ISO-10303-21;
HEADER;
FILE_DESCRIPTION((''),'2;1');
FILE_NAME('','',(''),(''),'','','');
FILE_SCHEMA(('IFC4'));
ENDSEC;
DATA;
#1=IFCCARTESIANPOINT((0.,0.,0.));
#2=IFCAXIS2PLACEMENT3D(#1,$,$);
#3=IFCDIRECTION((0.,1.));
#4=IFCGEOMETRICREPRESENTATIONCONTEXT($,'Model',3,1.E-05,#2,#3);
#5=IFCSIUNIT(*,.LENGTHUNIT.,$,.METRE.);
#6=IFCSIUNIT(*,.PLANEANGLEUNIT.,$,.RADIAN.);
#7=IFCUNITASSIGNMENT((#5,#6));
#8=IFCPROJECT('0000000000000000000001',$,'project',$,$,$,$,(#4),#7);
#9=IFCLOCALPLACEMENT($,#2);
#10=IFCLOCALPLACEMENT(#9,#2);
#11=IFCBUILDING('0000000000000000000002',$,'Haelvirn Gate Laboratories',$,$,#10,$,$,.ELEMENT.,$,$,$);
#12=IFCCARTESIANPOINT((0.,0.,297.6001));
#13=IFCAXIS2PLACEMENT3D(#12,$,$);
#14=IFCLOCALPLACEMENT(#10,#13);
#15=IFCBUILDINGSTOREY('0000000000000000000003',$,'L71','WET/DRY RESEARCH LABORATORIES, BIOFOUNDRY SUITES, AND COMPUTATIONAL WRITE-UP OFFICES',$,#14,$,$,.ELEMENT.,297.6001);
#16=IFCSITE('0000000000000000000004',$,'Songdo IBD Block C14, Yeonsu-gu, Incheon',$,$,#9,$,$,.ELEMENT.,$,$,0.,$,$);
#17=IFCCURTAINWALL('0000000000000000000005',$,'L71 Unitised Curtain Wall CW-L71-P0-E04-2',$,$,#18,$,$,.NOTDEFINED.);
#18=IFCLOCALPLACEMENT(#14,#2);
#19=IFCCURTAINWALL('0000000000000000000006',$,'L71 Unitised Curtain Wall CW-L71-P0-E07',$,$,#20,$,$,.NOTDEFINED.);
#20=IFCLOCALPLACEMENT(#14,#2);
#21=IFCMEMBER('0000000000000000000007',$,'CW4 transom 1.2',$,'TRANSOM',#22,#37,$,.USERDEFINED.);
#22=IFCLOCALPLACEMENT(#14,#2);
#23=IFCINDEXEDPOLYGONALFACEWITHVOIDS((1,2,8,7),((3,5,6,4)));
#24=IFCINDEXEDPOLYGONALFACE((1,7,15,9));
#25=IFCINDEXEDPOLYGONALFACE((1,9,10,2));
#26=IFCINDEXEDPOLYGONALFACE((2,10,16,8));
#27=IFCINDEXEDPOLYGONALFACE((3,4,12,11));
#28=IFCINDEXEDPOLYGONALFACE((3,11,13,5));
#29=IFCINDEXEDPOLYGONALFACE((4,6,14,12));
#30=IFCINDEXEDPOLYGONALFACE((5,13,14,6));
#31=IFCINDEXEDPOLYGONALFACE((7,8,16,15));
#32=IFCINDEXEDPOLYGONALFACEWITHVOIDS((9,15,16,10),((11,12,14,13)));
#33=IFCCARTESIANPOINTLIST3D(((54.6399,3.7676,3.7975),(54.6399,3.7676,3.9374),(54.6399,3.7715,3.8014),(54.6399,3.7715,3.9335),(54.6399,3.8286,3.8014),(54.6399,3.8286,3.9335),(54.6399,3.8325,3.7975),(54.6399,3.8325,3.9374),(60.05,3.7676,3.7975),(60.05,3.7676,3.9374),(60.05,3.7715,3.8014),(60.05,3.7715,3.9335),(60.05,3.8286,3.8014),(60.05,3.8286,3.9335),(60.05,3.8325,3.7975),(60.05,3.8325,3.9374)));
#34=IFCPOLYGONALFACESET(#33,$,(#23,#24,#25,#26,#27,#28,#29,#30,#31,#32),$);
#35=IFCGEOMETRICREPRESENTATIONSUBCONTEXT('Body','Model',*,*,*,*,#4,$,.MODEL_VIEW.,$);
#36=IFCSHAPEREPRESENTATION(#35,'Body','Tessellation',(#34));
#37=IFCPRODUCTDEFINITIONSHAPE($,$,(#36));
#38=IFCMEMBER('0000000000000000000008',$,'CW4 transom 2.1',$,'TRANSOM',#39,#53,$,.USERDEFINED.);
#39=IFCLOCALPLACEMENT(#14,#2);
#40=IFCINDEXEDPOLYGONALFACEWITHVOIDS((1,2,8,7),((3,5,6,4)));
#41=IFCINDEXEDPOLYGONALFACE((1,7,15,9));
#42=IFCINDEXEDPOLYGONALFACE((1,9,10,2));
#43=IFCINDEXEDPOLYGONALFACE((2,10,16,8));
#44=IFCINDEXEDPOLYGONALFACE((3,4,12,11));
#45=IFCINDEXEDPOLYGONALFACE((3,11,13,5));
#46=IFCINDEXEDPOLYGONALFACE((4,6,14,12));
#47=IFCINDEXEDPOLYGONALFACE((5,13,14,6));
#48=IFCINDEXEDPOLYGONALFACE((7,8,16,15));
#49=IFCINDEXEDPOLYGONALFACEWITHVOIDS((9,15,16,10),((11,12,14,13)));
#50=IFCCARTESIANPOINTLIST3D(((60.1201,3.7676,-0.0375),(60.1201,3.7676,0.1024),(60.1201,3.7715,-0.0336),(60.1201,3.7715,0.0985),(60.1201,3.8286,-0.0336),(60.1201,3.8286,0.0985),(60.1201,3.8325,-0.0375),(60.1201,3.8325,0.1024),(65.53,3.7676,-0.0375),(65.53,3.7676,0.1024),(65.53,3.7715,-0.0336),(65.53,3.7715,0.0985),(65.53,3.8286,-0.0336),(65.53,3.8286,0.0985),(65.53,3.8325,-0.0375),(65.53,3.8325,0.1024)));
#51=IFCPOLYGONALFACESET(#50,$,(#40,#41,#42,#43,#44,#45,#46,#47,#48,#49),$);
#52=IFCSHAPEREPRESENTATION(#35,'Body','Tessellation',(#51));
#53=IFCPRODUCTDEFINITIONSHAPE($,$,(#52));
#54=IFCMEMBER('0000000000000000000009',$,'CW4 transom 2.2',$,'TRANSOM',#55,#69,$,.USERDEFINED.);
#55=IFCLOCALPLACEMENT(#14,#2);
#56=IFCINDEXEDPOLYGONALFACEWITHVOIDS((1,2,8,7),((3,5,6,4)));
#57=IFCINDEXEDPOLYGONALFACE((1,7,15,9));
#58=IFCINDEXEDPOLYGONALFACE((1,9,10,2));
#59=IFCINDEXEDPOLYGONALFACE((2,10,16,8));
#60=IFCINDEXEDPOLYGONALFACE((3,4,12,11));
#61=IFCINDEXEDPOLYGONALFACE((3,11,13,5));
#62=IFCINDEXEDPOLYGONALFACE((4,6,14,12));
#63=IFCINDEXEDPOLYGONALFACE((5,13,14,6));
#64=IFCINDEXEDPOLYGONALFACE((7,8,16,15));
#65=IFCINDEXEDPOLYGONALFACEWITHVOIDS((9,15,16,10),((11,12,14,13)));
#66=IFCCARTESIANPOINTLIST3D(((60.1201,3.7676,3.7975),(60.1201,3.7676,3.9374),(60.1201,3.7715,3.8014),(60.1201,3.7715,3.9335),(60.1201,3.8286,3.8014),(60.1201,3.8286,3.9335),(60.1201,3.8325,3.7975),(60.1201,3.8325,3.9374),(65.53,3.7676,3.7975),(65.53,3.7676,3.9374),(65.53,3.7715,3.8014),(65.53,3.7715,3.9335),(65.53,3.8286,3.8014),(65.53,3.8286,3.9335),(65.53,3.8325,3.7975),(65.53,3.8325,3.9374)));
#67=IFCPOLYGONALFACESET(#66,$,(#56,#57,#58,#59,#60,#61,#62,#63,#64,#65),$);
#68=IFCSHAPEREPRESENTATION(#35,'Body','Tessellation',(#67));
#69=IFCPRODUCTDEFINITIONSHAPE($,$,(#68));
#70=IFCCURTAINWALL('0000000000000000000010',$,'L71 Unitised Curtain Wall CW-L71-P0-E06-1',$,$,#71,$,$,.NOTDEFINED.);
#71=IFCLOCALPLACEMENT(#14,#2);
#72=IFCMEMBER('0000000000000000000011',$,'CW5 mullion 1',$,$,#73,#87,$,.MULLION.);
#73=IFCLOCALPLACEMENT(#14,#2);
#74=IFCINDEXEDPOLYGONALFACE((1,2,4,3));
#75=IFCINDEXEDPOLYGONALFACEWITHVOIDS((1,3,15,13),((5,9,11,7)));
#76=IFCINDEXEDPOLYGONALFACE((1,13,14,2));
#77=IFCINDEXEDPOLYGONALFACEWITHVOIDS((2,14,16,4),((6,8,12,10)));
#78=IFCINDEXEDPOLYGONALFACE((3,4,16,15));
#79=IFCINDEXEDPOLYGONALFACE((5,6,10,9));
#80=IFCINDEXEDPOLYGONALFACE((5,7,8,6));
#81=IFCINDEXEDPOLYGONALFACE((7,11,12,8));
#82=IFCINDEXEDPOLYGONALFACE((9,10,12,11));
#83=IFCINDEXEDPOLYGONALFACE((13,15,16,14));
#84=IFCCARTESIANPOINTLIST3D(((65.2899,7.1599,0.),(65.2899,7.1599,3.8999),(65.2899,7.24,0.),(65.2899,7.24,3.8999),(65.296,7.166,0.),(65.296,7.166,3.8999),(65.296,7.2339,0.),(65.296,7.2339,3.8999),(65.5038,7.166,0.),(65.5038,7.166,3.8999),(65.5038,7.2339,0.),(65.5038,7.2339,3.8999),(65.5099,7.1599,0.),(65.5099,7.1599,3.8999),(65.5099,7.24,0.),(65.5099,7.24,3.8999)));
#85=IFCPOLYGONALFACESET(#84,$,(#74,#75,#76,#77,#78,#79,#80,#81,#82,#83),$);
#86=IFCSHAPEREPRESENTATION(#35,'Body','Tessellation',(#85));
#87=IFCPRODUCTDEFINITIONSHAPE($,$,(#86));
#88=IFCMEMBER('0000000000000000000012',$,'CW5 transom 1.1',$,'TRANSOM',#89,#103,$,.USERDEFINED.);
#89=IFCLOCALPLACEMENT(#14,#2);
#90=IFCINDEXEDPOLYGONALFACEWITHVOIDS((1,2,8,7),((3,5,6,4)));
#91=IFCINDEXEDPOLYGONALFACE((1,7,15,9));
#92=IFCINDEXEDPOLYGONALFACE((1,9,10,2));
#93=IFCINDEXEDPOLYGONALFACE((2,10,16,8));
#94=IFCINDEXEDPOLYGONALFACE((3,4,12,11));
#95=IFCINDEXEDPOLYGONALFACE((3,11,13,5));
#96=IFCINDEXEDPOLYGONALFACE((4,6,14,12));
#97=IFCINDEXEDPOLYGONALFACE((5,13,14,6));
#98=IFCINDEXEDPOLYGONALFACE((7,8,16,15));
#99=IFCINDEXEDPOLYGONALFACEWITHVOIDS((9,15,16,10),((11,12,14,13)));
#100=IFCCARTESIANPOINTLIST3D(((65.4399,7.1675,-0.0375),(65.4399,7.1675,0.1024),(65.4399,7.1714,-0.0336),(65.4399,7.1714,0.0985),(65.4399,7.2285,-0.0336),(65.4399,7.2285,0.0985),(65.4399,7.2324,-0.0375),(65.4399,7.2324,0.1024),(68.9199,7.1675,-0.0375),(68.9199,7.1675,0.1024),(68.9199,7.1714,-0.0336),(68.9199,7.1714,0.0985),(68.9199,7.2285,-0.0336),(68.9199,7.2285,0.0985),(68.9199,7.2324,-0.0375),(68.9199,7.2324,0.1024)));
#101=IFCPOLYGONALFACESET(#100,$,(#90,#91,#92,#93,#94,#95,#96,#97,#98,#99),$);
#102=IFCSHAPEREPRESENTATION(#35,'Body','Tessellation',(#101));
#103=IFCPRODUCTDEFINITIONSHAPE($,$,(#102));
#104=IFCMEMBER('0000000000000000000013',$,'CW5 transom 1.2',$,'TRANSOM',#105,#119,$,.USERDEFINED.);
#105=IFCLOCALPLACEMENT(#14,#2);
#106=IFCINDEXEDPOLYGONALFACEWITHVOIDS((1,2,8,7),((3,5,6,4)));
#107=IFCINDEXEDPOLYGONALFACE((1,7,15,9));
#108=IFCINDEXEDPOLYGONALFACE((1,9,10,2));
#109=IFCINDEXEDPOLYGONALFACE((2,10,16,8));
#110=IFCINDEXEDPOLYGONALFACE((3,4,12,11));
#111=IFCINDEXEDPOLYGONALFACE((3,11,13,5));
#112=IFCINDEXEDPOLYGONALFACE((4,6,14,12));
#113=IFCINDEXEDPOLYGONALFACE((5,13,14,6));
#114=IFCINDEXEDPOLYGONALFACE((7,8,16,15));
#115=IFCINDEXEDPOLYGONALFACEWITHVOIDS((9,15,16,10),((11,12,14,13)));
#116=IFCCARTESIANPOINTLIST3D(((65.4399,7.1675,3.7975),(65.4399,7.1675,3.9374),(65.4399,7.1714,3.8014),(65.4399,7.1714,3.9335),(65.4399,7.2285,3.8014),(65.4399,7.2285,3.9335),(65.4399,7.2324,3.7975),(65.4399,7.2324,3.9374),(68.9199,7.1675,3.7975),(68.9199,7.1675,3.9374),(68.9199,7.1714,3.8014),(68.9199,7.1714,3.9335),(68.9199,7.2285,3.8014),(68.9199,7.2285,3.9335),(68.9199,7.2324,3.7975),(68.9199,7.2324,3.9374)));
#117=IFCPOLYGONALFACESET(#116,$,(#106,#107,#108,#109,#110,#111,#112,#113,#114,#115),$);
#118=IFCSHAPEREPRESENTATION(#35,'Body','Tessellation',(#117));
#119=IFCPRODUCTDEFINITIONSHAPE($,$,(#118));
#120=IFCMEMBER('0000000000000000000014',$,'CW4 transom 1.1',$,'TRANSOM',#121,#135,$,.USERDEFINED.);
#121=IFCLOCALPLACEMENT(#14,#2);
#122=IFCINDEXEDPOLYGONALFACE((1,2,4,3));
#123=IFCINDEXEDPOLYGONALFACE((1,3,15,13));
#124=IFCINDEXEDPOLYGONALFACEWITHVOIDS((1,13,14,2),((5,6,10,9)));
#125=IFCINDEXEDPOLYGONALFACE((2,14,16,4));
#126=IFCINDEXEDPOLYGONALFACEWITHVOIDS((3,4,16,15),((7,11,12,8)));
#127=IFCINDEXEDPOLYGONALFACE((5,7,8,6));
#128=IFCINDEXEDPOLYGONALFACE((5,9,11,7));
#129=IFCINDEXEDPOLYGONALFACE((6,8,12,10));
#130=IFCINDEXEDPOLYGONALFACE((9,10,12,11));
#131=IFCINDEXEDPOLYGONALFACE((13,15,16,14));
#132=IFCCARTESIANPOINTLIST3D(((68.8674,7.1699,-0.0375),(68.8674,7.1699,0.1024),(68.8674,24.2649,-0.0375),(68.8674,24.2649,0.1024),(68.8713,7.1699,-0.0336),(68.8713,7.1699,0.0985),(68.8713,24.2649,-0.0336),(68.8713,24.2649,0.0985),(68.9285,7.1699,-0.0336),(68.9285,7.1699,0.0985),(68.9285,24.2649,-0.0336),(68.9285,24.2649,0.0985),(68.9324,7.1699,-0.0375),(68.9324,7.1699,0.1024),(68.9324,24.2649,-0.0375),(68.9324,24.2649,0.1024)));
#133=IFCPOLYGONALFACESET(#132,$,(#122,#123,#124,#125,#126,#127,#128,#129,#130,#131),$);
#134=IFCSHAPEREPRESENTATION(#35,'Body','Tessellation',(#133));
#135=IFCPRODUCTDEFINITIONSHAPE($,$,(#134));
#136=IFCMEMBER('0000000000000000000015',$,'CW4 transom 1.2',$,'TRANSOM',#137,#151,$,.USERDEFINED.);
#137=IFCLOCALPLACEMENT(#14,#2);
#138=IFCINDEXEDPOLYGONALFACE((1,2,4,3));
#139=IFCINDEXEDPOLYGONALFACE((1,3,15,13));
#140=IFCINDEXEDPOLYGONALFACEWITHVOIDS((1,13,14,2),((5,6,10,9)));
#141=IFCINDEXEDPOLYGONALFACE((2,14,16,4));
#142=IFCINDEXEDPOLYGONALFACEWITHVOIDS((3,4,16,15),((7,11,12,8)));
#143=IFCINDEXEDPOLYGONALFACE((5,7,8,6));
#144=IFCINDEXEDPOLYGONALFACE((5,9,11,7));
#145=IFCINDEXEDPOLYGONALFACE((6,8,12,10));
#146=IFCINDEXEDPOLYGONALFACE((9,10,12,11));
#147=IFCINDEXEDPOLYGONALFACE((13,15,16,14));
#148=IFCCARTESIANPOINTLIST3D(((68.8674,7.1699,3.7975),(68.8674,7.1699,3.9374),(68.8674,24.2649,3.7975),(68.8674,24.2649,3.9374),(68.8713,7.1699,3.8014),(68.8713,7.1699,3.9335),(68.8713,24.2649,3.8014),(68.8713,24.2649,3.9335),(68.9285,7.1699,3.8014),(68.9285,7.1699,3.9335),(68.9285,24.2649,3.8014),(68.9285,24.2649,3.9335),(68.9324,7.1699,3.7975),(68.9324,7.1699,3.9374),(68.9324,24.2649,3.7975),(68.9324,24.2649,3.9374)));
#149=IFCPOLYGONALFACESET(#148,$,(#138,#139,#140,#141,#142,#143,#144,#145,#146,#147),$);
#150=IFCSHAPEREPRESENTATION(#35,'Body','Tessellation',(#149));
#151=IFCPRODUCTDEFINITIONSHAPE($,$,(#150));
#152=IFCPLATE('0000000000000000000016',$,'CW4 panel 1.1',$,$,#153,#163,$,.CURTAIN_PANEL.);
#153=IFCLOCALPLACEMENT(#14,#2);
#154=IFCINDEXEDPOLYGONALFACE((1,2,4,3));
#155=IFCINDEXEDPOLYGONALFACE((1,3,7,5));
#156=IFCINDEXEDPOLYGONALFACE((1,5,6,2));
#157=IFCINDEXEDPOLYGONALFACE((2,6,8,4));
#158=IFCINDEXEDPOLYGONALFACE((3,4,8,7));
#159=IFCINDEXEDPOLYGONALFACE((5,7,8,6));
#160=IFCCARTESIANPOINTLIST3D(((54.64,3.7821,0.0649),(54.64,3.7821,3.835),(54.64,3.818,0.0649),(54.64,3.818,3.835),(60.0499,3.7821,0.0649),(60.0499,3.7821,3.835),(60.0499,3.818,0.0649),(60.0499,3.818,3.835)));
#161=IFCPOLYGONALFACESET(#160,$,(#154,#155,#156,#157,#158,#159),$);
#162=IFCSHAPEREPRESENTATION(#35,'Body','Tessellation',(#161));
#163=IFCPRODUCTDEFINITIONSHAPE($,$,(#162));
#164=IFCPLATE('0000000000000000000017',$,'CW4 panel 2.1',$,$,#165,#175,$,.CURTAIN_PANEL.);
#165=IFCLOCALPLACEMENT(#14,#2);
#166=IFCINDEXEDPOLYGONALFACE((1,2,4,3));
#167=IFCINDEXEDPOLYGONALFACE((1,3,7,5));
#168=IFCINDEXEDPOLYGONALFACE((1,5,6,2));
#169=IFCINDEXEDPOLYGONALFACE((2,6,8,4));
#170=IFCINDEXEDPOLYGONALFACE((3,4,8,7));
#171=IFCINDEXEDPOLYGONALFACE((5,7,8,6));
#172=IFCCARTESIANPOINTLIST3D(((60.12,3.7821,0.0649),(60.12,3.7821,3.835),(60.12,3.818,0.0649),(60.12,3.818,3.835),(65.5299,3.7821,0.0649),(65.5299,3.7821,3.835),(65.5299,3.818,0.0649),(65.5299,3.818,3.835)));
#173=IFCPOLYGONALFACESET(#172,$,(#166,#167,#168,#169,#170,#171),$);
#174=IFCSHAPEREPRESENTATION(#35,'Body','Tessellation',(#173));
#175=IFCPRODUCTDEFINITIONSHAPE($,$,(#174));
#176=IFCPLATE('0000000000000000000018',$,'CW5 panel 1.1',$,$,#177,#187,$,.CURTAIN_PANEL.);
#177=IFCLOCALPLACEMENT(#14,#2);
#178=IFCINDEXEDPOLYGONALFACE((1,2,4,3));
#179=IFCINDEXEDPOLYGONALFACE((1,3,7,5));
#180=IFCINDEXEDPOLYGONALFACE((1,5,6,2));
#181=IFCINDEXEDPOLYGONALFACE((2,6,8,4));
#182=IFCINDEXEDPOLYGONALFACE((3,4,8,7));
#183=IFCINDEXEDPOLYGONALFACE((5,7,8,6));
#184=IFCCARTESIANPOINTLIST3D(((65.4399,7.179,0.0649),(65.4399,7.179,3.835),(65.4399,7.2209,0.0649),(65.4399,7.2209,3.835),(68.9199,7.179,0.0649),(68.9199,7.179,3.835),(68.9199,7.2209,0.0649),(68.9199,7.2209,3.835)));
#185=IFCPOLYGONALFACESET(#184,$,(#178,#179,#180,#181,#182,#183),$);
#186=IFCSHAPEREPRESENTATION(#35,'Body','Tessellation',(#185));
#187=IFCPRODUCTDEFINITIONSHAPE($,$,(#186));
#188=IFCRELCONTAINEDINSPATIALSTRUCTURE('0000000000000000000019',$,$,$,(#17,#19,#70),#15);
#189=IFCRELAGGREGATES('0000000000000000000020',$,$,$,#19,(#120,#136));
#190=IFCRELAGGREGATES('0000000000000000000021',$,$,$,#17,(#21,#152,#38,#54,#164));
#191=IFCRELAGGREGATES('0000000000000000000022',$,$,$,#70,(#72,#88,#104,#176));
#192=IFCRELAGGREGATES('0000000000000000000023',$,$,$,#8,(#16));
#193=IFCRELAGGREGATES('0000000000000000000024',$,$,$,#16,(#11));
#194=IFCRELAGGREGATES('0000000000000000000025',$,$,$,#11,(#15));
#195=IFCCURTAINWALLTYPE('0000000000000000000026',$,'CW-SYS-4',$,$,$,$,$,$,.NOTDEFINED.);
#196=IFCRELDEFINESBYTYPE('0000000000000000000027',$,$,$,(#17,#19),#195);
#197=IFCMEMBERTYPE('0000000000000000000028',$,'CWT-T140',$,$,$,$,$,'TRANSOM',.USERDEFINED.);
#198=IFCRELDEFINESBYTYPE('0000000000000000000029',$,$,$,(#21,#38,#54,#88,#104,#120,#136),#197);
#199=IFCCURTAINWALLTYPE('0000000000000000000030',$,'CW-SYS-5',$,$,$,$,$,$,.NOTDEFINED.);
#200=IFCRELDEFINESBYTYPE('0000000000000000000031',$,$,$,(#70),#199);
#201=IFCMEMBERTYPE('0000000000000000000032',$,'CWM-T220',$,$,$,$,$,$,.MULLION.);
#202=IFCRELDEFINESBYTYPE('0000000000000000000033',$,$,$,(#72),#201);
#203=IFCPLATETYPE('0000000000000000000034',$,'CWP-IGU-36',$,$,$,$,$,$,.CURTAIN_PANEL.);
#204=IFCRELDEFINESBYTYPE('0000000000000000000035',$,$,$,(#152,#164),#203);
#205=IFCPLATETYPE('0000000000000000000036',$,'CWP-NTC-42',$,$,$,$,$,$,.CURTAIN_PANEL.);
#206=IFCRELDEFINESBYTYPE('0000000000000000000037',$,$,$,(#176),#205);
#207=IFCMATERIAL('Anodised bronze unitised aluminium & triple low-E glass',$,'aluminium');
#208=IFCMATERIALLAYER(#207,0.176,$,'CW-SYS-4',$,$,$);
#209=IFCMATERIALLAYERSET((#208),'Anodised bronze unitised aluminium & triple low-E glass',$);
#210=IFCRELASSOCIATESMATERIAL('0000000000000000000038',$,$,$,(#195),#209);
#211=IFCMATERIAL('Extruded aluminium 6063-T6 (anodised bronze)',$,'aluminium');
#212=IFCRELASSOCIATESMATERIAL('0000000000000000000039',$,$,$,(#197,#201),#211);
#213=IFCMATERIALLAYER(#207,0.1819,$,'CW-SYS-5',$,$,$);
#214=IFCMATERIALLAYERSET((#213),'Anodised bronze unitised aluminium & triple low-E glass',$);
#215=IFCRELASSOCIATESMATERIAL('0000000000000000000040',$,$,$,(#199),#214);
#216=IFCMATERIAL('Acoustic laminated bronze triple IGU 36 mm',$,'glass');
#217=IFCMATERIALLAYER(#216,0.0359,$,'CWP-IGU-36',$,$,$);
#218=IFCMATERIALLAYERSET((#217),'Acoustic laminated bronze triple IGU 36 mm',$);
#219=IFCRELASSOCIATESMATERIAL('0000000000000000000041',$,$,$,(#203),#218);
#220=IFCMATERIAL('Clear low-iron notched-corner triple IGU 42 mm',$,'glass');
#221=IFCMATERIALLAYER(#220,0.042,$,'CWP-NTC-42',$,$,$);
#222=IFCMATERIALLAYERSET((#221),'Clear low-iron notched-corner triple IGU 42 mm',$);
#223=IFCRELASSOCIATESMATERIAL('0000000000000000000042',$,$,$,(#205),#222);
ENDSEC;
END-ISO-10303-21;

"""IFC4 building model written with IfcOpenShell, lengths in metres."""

from ifc_helpers import new_model, si_unit, direction, frame, origin, origin_2d, place, context, subcontext, project, spatial, rectangle, hollow_rectangle, extrude, source, transform, mapped, material, layer, layer_set, material_profile, profile_set, type_object, type_shapes, element, aggregate, save


model = new_model("IFC4")

# Units and contexts
model_context = context("Model", 3, precision=1e-05, world=origin(), true_north=direction((0.0, 1.0)))
body_context = subcontext(model_context, "Body", "Model", "MODEL_VIEW")
ifc_project = project(units=[si_unit("LENGTHUNIT", "METRE"), si_unit("PLANEANGLEUNIT", "RADIAN")], contexts=[model_context])

# Site, building, storey
site_placement = place(None, origin())
site = spatial("IfcSite", under=ifc_project, at=site_placement, Name="Songdo IBD Block C14, Yeonsu-gu, Incheon", CompositionType="ELEMENT", RefElevation=0.0)
building_placement = place(site_placement, origin())
building = spatial("IfcBuilding", under=site, at=building_placement, Name="Haelvirn Gate Laboratories", CompositionType="ELEMENT")
storey_placement = place(building_placement, frame((0.0, 0.0, 297.6001)))
storey = spatial("IfcBuildingStorey", under=building, at=storey_placement, Name="L71", Description="WET/DRY RESEARCH LABORATORIES, BIOFOUNDRY SUITES, AND COMPUTATIONAL WRITE-UP OFFICES", CompositionType="ELEMENT", Elevation=297.6001)

# Curtain wall
ifc_material_1 = material(Name="Anodised bronze unitised aluminium & triple low-E glass", Category="aluminium")
ifc_layer_1 = layer(ifc_material_1, 0.176, Name="CW-SYS-4")
ifc_layer_set_1 = layer_set([ifc_layer_1], Name="Anodised bronze unitised aluminium & triple low-E glass")
curtain_wall_type_1 = type_object("IfcCurtainWallType", Name="CW-SYS-4", PredefinedType="NOTDEFINED", material=ifc_layer_set_1)
curtain_wall_1_placement = place(storey_placement, origin())
curtain_wall_1 = element("IfcCurtainWall", 1, at=curtain_wall_1_placement, inside=storey, type_object=curtain_wall_type_1, Name="L71 Unitised Curtain Wall CW-L71-P0-E04-2", PredefinedType="NOTDEFINED")
ifc_material_2 = material(Name="Extruded aluminium 6063-T6 (anodised bronze)", Category="aluminium")

# Curtain wall
curtain_wall_2_placement = place(storey_placement, origin())
curtain_wall_2 = element("IfcCurtainWall", 2, at=curtain_wall_2_placement, inside=storey, type_object=curtain_wall_type_1, Name="L71 Unitised Curtain Wall CW-L71-P0-E07", PredefinedType="NOTDEFINED")

# Members
ifc_material_profile_1 = material_profile(ifc_material_2, hollow_rectangle(XDim=0.0649, YDim=0.1399, WallThickness=0.0039, at=origin_2d()), Name="CWT-140x65x4")
ifc_profile_set_1 = profile_set([ifc_material_profile_1], Name="Extruded aluminium 6063-T6 (anodised bronze)")
member_type_1 = type_object("IfcMemberType", Name="CWT-T140", ElementType="TRANSOM", PredefinedType="USERDEFINED", material=ifc_profile_set_1)
shared_shape_1 = source(origin(), body_context, "Body", "SweptSolid", [
    extrude(hollow_rectangle(XDim=0.0649, YDim=0.1399, WallThickness=0.0039, at=origin_2d()), origin(), (0.0, 0.0, 1.0), 5.4102),
])
member_1_placement = place(storey_placement, frame((54.6399, 3.8, 3.8674), z_axis=(1.0, 0.0, 0.0), x_axis=(0.0, 1.0, 0.0)))
member_1 = element("IfcMember", 3, at=member_1_placement, type_object=member_type_1, Name="CW4 transom 1.2", ObjectType="TRANSOM", PredefinedType="USERDEFINED", context=body_context, shape_type="MappedRepresentation", body=[
    mapped(shared_shape_1, transform((0.0, 0.0, 0.0), scale=1.0)),
])
shared_shape_2 = source(origin(), body_context, "Body", "SweptSolid", [
    extrude(hollow_rectangle(XDim=0.0649, YDim=0.1399, WallThickness=0.0039, at=origin_2d()), origin(), (0.0, 0.0, 1.0), 5.4099),
])
member_2_placement = place(storey_placement, frame((60.1201, 3.8, 0.0325), z_axis=(1.0, 0.0, 0.0), x_axis=(0.0, 1.0, 0.0)))
member_2 = element("IfcMember", 4, at=member_2_placement, type_object=member_type_1, Name="CW4 transom 2.1", ObjectType="TRANSOM", PredefinedType="USERDEFINED", context=body_context, shape_type="MappedRepresentation", body=[
    mapped(shared_shape_2, transform((0.0, 0.0, 0.0), scale=1.0)),
])
member_3_placement = place(storey_placement, frame((60.1201, 3.8, 3.8674), z_axis=(1.0, 0.0, 0.0), x_axis=(0.0, 1.0, 0.0)))
member_3 = element("IfcMember", 5, at=member_3_placement, type_object=member_type_1, Name="CW4 transom 2.2", ObjectType="TRANSOM", PredefinedType="USERDEFINED", context=body_context, shape_type="MappedRepresentation", body=[
    mapped(shared_shape_2, transform((0.0, 0.0, 0.0), scale=1.0)),
])

# Curtain wall, members
ifc_layer_2 = layer(ifc_material_1, 0.1819, Name="CW-SYS-5")
ifc_layer_set_2 = layer_set([ifc_layer_2], Name="Anodised bronze unitised aluminium & triple low-E glass")
curtain_wall_type_2 = type_object("IfcCurtainWallType", Name="CW-SYS-5", PredefinedType="NOTDEFINED", material=ifc_layer_set_2)
curtain_wall_3_placement = place(storey_placement, origin())
curtain_wall_3 = element("IfcCurtainWall", 6, at=curtain_wall_3_placement, inside=storey, type_object=curtain_wall_type_2, Name="L71 Unitised Curtain Wall CW-L71-P0-E06-1", PredefinedType="NOTDEFINED")
ifc_material_profile_2 = material_profile(ifc_material_2, hollow_rectangle(XDim=0.0801, YDim=0.22, WallThickness=0.0061, at=origin_2d()), Name="CWM-220x80x6")
ifc_profile_set_2 = profile_set([ifc_material_profile_2], Name="Extruded aluminium 6063-T6 (anodised bronze)")
member_type_2 = type_object("IfcMemberType", Name="CWM-T220", PredefinedType="MULLION", material=ifc_profile_set_2)
shared_shape_3 = source(origin(), body_context, "Body", "SweptSolid", [
    extrude(hollow_rectangle(XDim=0.0801, YDim=0.22, WallThickness=0.0061, at=origin_2d()), origin(), (0.0, 0.0, 1.0), 3.8999),
])
type_shapes(member_type_2, [shared_shape_3])
member_4_placement = place(storey_placement, frame((65.3999, 7.2, 0.0), z_axis=(0.0, 0.0, 1.0), x_axis=(0.0, 1.0, 0.0)))
member_4 = element("IfcMember", 7, at=member_4_placement, type_object=member_type_2, Name="CW5 mullion 1", PredefinedType="MULLION", context=body_context, shape_type="MappedRepresentation", body=[
    mapped(shared_shape_3, transform((0.0, 0.0, 0.0), scale=1.0)),
])
shared_shape_4 = source(origin(), body_context, "Body", "SweptSolid", [
    extrude(hollow_rectangle(XDim=0.0649, YDim=0.1399, WallThickness=0.0039, at=origin_2d()), origin(), (0.0, 0.0, 1.0), 3.48),
])
member_5_placement = place(storey_placement, frame((65.4399, 7.2, 0.0325), z_axis=(1.0, 0.0, 0.0), x_axis=(0.0, 1.0, 0.0)))
member_5 = element("IfcMember", 8, at=member_5_placement, type_object=member_type_1, Name="CW5 transom 1.1", ObjectType="TRANSOM", PredefinedType="USERDEFINED", context=body_context, shape_type="MappedRepresentation", body=[
    mapped(shared_shape_4, transform((0.0, 0.0, 0.0), scale=1.0)),
])
member_6_placement = place(storey_placement, frame((65.4399, 7.2, 3.8674), z_axis=(1.0, 0.0, 0.0), x_axis=(0.0, 1.0, 0.0)))
member_6 = element("IfcMember", 9, at=member_6_placement, type_object=member_type_1, Name="CW5 transom 1.2", ObjectType="TRANSOM", PredefinedType="USERDEFINED", context=body_context, shape_type="MappedRepresentation", body=[
    mapped(shared_shape_4, transform((0.0, 0.0, 0.0), scale=1.0)),
])

# Members
shared_shape_5 = source(origin(), body_context, "Body", "SweptSolid", [
    extrude(hollow_rectangle(XDim=0.0649, YDim=0.1399, WallThickness=0.0039, at=origin_2d()), origin(), (0.0, 0.0, 1.0), 17.095),
])
type_shapes(member_type_1, [shared_shape_1, shared_shape_2, shared_shape_4, shared_shape_5])
member_7_placement = place(storey_placement, frame((68.8999, 7.1699, 0.0325), z_axis=(0.0, 1.0, 0.0), x_axis=(-1.0, 0.0, 0.0)))
member_7 = element("IfcMember", 10, at=member_7_placement, type_object=member_type_1, Name="CW4 transom 1.1", ObjectType="TRANSOM", PredefinedType="USERDEFINED", context=body_context, shape_type="MappedRepresentation", body=[
    mapped(shared_shape_5, transform((0.0, 0.0, 0.0), scale=1.0)),
])
member_8_placement = place(storey_placement, frame((68.8999, 7.1699, 3.8674), z_axis=(0.0, 1.0, 0.0), x_axis=(-1.0, 0.0, 0.0)))
member_8 = element("IfcMember", 11, at=member_8_placement, type_object=member_type_1, Name="CW4 transom 1.2", ObjectType="TRANSOM", PredefinedType="USERDEFINED", context=body_context, shape_type="MappedRepresentation", body=[
    mapped(shared_shape_5, transform((0.0, 0.0, 0.0), scale=1.0)),
])
aggregate(curtain_wall_2, [member_7, member_8])

# Plates
ifc_material_3 = material(Name="Acoustic laminated bronze triple IGU 36 mm", Category="glass")
ifc_layer_3 = layer(ifc_material_3, 0.0359, Name="CWP-IGU-36")
ifc_layer_set_3 = layer_set([ifc_layer_3], Name="Acoustic laminated bronze triple IGU 36 mm")
plate_type_1 = type_object("IfcPlateType", Name="CWP-IGU-36", PredefinedType="CURTAIN_PANEL", material=ifc_layer_set_3)
shared_shape_6 = source(origin(), body_context, "Body", "SweptSolid", [
    extrude(rectangle(XDim=5.4099, YDim=0.0359, at=origin_2d()), origin(), (0.0, 0.0, 1.0), 3.77),
])
type_shapes(plate_type_1, [shared_shape_6])
plate_1_placement = place(storey_placement, frame((57.345, 3.8, 0.0649), z_axis=(0.0, 0.0, 1.0), x_axis=(1.0, 0.0, 0.0)))
plate_1 = element("IfcPlate", 12, at=plate_1_placement, type_object=plate_type_1, Name="CW4 panel 1.1", PredefinedType="CURTAIN_PANEL", context=body_context, shape_type="MappedRepresentation", body=[
    mapped(shared_shape_6, transform((0.0, 0.0, 0.0), scale=1.0)),
])
plate_2_placement = place(storey_placement, frame((62.825, 3.8, 0.0649), z_axis=(0.0, 0.0, 1.0), x_axis=(1.0, 0.0, 0.0)))
plate_2 = element("IfcPlate", 13, at=plate_2_placement, type_object=plate_type_1, Name="CW4 panel 2.1", PredefinedType="CURTAIN_PANEL", context=body_context, shape_type="MappedRepresentation", body=[
    mapped(shared_shape_6, transform((0.0, 0.0, 0.0), scale=1.0)),
])
aggregate(curtain_wall_1, [member_1, plate_1, member_2, member_3, plate_2])
ifc_material_4 = material(Name="Clear low-iron notched-corner triple IGU 42 mm", Category="glass")
ifc_layer_4 = layer(ifc_material_4, 0.042, Name="CWP-NTC-42")
ifc_layer_set_4 = layer_set([ifc_layer_4], Name="Clear low-iron notched-corner triple IGU 42 mm")
plate_type_2 = type_object("IfcPlateType", Name="CWP-NTC-42", PredefinedType="CURTAIN_PANEL", material=ifc_layer_set_4)
shared_shape_7 = source(origin(), body_context, "Body", "SweptSolid", [
    extrude(rectangle(XDim=3.48, YDim=0.042, at=origin_2d()), origin(), (0.0, 0.0, 1.0), 3.77),
])
type_shapes(plate_type_2, [shared_shape_7])
plate_3_placement = place(storey_placement, frame((67.1799, 7.2, 0.0649), z_axis=(0.0, 0.0, 1.0), x_axis=(1.0, 0.0, 0.0)))
plate_3 = element("IfcPlate", 14, at=plate_3_placement, type_object=plate_type_2, Name="CW5 panel 1.1", PredefinedType="CURTAIN_PANEL", context=body_context, shape_type="MappedRepresentation", body=[
    mapped(shared_shape_7, transform((0.0, 0.0, 0.0), scale=1.0)),
])
aggregate(curtain_wall_3, [member_4, member_5, member_6, plate_3])

save(model, "model.ifc")
